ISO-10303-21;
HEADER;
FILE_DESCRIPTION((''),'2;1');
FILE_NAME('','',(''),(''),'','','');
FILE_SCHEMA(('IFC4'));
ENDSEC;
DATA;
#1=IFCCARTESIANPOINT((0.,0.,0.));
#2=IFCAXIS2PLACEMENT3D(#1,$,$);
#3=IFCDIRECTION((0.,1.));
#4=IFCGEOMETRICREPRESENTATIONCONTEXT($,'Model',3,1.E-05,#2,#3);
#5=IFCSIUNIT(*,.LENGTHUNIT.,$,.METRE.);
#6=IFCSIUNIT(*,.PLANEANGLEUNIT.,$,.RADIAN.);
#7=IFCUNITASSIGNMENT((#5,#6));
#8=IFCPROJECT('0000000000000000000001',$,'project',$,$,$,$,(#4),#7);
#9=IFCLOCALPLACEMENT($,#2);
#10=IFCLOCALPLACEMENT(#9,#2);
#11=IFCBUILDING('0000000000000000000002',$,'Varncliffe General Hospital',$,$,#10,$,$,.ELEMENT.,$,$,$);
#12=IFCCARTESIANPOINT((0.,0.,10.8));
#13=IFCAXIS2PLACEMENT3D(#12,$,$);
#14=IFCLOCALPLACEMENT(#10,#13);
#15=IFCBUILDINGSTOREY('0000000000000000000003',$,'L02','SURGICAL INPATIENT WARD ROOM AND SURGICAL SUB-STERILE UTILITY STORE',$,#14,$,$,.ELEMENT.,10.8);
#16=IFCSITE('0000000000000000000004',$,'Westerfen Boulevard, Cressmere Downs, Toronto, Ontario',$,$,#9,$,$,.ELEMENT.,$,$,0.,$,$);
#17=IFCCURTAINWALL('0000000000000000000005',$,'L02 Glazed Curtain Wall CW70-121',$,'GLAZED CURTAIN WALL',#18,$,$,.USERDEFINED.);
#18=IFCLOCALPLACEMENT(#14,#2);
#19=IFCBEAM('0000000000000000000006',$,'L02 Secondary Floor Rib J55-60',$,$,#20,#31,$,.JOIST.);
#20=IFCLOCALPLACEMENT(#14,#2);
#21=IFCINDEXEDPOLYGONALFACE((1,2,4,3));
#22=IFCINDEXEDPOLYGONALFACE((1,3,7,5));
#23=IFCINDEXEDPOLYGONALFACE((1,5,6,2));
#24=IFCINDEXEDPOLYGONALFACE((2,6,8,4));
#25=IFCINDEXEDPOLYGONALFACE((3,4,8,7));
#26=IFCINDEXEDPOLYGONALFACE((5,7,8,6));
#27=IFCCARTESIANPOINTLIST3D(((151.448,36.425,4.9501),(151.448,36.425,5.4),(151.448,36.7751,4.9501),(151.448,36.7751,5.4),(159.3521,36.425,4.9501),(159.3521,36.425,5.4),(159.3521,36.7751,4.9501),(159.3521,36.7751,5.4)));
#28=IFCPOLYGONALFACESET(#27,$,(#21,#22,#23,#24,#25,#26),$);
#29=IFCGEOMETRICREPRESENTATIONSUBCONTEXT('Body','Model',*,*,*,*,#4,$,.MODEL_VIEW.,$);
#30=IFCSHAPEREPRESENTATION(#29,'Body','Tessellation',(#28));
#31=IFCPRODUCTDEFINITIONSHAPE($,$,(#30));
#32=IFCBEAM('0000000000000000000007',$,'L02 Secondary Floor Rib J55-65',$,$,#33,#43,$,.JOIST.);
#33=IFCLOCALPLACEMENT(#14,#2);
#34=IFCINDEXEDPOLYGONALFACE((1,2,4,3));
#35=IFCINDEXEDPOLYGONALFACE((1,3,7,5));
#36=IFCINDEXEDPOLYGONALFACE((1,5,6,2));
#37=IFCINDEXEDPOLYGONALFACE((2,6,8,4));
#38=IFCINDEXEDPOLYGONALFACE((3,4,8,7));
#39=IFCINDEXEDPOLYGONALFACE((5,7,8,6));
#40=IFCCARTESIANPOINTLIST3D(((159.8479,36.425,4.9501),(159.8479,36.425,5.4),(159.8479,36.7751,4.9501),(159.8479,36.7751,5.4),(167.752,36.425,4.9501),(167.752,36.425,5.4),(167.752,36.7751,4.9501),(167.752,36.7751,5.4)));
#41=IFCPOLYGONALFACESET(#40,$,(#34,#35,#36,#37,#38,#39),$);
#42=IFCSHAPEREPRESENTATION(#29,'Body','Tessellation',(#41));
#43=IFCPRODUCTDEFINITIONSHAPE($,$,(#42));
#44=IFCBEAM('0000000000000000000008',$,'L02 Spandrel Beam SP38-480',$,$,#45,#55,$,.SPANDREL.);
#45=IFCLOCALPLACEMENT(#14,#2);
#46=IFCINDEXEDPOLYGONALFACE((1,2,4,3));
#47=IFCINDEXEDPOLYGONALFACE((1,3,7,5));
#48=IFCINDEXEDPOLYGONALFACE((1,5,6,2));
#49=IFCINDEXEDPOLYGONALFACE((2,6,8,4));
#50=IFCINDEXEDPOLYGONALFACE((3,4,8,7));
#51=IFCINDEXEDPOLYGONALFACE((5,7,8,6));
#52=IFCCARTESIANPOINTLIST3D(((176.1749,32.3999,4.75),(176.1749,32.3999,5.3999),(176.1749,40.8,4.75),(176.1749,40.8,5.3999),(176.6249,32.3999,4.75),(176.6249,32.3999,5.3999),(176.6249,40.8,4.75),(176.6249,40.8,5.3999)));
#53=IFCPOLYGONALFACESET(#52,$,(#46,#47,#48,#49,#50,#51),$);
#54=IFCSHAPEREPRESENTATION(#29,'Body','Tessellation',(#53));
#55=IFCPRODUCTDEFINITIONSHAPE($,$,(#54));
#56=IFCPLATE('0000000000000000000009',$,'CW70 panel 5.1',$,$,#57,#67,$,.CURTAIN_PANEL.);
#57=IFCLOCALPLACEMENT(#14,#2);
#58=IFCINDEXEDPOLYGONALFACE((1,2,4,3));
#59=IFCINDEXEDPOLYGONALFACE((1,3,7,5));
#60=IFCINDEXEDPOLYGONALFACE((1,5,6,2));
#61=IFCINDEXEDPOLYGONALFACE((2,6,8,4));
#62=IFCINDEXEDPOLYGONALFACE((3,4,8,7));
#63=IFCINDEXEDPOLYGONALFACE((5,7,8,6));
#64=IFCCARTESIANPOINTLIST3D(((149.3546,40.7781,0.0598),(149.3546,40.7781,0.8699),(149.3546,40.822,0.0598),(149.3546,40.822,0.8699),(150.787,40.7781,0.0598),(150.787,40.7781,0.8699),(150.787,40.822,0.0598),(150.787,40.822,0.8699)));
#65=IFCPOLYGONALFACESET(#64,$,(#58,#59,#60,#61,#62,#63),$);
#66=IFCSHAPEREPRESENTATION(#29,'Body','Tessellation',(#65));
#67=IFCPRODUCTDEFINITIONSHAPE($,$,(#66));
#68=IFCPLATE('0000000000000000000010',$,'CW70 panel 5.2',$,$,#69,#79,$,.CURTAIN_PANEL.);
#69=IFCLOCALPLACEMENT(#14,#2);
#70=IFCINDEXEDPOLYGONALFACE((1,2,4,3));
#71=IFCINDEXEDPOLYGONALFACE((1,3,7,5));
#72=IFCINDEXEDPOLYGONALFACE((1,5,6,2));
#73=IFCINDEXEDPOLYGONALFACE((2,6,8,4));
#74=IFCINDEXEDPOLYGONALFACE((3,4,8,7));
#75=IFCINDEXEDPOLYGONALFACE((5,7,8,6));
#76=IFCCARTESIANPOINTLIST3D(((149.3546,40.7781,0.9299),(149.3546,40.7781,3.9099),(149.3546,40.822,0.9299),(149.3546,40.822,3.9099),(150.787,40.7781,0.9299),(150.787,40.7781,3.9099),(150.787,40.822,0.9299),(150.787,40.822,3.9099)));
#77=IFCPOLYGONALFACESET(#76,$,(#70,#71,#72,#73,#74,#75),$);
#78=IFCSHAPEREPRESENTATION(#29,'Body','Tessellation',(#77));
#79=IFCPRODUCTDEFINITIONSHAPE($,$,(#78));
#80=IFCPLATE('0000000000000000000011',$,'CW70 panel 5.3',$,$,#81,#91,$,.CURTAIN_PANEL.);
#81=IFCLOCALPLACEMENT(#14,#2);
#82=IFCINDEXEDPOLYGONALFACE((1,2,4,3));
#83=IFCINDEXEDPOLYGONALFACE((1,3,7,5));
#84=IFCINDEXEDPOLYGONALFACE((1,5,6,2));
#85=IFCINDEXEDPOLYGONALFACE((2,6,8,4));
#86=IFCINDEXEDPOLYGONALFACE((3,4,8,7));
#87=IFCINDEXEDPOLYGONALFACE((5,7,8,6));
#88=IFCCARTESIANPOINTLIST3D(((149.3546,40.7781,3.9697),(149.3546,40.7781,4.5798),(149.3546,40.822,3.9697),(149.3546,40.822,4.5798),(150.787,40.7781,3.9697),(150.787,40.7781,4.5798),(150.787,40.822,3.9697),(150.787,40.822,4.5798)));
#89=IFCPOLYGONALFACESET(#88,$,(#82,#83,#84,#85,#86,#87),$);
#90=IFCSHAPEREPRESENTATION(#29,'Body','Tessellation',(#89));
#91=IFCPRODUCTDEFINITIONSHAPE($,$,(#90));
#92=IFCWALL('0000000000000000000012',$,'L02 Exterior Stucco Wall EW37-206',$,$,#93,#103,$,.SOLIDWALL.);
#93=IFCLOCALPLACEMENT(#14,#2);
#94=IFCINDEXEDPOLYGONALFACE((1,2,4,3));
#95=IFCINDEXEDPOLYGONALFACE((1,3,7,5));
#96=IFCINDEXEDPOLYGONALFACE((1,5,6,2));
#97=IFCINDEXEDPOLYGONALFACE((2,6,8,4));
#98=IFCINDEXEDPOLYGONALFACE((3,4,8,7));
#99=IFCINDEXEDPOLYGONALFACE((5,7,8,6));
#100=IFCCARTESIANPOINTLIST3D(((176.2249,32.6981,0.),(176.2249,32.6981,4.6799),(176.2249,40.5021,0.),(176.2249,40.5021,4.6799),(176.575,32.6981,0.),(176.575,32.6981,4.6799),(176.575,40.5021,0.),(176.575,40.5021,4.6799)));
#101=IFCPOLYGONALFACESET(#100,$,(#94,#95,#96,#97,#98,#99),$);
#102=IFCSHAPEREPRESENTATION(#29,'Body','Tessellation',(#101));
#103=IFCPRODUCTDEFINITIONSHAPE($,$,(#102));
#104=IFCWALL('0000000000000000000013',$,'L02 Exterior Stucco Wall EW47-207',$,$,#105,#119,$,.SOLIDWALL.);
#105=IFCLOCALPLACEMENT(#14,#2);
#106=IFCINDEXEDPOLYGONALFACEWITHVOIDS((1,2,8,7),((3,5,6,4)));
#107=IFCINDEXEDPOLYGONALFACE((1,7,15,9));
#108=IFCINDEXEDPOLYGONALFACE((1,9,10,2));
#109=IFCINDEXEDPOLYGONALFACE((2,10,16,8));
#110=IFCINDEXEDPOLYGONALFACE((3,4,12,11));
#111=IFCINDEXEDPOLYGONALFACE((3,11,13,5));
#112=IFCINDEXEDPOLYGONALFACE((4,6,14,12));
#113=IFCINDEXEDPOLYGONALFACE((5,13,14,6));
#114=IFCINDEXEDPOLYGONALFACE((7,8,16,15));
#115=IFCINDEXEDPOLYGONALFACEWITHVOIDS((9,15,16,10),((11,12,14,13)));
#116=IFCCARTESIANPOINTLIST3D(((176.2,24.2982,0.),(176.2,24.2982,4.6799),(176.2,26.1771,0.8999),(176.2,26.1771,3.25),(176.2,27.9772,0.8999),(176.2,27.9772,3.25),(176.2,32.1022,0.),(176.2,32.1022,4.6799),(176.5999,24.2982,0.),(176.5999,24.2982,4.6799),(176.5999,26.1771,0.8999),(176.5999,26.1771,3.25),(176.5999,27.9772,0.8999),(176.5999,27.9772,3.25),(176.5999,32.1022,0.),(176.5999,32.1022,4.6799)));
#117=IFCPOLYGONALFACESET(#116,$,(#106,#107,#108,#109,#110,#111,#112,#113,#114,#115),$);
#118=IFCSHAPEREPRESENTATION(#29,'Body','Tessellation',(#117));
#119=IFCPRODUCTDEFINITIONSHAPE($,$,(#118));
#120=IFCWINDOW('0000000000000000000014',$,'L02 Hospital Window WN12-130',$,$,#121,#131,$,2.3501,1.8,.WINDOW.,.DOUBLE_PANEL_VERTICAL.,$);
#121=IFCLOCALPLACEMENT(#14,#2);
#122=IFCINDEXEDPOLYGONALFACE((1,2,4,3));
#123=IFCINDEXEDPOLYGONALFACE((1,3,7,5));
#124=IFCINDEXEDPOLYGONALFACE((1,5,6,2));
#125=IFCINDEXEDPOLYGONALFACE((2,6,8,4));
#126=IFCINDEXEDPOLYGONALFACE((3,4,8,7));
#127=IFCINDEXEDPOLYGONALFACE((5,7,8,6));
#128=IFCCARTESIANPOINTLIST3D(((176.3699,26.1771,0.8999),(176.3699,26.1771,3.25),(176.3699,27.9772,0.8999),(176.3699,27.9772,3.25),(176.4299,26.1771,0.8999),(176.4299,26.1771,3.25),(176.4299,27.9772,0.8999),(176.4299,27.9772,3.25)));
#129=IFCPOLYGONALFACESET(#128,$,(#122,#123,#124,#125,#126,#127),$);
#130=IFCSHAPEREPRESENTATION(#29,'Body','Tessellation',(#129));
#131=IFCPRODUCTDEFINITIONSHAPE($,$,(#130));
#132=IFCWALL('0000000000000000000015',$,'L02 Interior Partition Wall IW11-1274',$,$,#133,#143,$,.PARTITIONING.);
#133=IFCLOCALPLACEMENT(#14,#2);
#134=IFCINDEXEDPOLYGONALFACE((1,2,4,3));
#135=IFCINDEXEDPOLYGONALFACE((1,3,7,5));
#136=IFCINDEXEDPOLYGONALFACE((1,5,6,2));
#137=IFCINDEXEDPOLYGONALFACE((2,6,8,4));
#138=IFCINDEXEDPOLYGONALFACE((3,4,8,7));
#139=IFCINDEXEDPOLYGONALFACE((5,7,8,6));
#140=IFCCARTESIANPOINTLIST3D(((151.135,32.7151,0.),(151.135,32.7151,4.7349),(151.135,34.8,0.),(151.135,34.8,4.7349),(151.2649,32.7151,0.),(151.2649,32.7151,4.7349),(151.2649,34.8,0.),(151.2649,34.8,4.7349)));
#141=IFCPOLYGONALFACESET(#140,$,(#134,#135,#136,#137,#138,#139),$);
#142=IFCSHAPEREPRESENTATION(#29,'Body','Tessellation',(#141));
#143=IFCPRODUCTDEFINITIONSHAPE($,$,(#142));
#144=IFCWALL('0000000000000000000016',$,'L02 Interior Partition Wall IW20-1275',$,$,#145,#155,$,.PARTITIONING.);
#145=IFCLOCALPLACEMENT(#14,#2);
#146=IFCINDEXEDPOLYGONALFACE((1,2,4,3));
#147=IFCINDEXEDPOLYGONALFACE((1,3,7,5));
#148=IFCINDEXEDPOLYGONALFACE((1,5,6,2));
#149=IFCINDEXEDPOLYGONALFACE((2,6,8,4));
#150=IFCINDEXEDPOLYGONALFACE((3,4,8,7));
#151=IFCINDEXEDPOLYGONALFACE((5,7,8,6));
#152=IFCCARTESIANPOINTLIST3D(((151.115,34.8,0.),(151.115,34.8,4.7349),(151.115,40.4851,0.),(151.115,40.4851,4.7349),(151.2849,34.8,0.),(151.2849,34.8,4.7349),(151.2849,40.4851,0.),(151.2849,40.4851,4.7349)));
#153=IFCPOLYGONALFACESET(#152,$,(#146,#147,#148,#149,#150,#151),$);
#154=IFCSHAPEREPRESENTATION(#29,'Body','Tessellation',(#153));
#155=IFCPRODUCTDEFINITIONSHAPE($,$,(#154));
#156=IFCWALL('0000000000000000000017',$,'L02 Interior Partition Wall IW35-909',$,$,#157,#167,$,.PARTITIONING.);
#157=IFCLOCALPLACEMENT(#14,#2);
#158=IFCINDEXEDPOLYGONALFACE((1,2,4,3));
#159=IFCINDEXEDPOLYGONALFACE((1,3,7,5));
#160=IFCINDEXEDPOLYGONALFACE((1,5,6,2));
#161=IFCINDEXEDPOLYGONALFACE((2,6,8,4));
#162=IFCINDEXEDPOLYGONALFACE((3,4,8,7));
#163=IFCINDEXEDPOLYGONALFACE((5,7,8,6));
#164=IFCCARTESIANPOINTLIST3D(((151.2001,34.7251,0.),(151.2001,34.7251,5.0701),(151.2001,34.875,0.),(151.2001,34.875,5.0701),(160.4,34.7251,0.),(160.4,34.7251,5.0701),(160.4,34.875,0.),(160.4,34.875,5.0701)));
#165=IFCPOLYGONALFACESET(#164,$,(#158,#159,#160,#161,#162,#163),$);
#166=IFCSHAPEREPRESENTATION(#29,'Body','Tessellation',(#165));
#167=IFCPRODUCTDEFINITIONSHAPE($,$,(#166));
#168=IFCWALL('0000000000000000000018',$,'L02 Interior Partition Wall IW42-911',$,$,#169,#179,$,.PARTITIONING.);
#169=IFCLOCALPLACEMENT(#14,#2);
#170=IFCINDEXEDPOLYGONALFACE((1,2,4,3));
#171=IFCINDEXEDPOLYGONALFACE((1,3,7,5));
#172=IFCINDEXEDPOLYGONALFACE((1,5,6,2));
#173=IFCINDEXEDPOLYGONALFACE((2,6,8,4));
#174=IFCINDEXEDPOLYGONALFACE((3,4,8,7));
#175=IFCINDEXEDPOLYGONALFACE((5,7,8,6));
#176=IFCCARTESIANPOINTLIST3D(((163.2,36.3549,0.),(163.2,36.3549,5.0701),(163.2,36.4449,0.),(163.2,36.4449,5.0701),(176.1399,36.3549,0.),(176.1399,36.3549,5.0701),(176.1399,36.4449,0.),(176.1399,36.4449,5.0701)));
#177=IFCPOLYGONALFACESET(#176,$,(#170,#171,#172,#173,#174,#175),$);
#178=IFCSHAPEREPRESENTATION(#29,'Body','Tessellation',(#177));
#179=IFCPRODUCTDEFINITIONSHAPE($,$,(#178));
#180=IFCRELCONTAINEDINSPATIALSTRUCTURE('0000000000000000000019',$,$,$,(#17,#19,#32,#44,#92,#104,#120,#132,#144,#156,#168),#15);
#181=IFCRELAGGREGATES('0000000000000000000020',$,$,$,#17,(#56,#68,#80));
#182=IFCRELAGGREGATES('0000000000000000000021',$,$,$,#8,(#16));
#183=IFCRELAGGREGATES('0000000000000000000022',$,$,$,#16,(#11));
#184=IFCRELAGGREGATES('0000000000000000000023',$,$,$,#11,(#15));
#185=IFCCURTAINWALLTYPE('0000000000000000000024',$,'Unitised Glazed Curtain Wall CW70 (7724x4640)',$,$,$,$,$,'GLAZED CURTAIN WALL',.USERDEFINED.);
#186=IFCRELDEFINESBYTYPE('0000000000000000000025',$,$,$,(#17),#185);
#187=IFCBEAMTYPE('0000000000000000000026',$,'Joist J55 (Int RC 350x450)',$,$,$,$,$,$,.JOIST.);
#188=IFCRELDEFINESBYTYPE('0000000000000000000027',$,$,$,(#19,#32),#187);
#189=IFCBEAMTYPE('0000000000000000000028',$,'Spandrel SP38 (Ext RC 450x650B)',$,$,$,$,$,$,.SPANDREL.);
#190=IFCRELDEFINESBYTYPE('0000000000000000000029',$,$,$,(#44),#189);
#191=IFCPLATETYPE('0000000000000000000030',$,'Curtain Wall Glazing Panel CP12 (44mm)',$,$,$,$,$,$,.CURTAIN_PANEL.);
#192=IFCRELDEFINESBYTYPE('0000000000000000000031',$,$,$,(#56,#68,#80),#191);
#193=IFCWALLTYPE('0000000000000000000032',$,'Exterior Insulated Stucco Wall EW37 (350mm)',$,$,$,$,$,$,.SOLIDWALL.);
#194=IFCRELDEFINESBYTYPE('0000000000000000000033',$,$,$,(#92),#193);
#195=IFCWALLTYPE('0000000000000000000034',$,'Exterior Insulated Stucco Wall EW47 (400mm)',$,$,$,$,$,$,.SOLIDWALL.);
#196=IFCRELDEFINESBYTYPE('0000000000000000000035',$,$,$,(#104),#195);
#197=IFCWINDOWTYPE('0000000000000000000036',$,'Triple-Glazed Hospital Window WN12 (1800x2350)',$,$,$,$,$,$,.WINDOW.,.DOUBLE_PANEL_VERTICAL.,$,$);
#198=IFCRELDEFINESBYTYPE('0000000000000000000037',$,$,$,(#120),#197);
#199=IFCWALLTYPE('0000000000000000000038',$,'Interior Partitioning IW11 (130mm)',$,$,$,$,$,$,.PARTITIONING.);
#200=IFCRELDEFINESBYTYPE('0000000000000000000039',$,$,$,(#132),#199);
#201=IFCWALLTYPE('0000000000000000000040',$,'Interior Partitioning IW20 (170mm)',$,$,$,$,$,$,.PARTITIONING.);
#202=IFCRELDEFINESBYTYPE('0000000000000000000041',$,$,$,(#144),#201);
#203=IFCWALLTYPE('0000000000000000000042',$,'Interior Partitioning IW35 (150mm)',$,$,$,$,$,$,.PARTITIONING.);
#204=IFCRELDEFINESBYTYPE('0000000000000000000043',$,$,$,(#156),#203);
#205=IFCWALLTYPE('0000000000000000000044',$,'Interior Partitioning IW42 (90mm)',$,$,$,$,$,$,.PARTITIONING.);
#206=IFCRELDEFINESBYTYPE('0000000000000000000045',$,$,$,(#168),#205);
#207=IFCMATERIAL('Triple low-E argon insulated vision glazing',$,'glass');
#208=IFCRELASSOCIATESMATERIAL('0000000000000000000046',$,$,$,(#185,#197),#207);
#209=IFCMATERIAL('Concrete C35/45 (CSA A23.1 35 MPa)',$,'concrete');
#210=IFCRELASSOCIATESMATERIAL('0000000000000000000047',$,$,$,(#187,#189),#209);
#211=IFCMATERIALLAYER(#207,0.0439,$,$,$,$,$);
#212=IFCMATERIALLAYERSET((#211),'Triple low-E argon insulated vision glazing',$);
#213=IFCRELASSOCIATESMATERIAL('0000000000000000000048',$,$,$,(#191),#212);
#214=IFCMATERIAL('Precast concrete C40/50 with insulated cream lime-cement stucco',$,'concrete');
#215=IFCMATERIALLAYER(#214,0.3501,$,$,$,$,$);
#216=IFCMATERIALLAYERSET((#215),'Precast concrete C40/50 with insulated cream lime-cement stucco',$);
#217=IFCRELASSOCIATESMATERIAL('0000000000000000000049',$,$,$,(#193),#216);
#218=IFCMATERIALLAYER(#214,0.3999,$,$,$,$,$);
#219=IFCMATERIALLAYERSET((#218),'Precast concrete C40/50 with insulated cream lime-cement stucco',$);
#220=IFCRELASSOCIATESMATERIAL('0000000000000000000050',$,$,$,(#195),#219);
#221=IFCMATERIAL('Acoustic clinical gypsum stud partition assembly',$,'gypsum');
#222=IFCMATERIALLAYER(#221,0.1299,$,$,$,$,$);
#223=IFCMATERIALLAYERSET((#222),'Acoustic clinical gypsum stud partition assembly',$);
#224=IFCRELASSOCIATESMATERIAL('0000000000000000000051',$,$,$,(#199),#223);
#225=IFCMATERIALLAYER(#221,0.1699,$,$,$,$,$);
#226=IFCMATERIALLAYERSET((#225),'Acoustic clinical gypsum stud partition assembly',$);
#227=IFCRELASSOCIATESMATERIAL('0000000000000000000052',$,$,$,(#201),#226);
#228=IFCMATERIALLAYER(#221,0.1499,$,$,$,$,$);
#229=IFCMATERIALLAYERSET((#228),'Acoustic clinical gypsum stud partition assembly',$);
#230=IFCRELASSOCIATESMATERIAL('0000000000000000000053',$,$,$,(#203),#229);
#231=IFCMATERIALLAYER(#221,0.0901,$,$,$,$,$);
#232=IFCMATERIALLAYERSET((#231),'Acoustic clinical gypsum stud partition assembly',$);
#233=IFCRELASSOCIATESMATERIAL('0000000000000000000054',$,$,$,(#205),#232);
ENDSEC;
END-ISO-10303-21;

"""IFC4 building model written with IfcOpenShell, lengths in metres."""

from ifc_helpers import new_model, si_unit, direction, frame, frame_2d, origin, origin_2d, place, context, subcontext, project, spatial, rectangle, extrude, material, layer, layer_set, material_profile, profile_set, type_object, element, fill, aggregate, save


model = new_model("IFC4")

# Units and contexts
model_context = context("Model", 3, precision=1e-05, world=origin(), true_north=direction((0.0, 1.0)))
body_context = subcontext(model_context, "Body", "Model", "MODEL_VIEW")
ifc_project = project(units=[si_unit("LENGTHUNIT", "METRE"), si_unit("PLANEANGLEUNIT", "RADIAN")], contexts=[model_context])

# Site, building, storey
site_placement = place(None, origin())
site = spatial("IfcSite", under=ifc_project, at=site_placement, Name="Westerfen Boulevard, Cressmere Downs, Toronto, Ontario", CompositionType="ELEMENT", RefElevation=0.0)
building_placement = place(site_placement, origin())
building = spatial("IfcBuilding", under=site, at=building_placement, Name="Varncliffe General Hospital", CompositionType="ELEMENT")
storey_placement = place(building_placement, frame((0.0, 0.0, 10.8)))
storey = spatial("IfcBuildingStorey", under=building, at=storey_placement, Name="L02", Description="SURGICAL INPATIENT WARD ROOM AND SURGICAL SUB-STERILE UTILITY STORE", CompositionType="ELEMENT", Elevation=10.8)

# Shared definitions
ifc_material_1 = material(Name="Concrete C35/45 (CSA A23.1 35 MPa)", Category="concrete")

# Curtain wall
ifc_material_2 = material(Name="Triple low-E argon insulated vision glazing", Category="glass")
curtain_wall_type = type_object("IfcCurtainWallType", Name="Unitised Glazed Curtain Wall CW70 (7724x4640)", ElementType="GLAZED CURTAIN WALL", PredefinedType="USERDEFINED", material=ifc_material_2)
curtain_wall_placement = place(storey_placement, origin())
curtain_wall = element("IfcCurtainWall", 1, at=curtain_wall_placement, inside=storey, type_object=curtain_wall_type, Name="L02 Glazed Curtain Wall CW70-121", ObjectType="GLAZED CURTAIN WALL", PredefinedType="USERDEFINED")

# Beams
ifc_material_profile_1 = material_profile(ifc_material_1, rectangle(XDim=0.3501, YDim=0.45, at=origin_2d()), Name="RC 350x450")
ifc_profile_set_1 = profile_set([ifc_material_profile_1], Name="Concrete C35/45 (CSA A23.1 35 MPa)")
beam_type_1 = type_object("IfcBeamType", Name="Joist J55 (Int RC 350x450)", PredefinedType="JOIST", material=ifc_profile_set_1)
for number, where, z_axis, x_axis, name in (
    (2, (151.448, 36.6001, 5.175), (1.0, 0.0, 0.0), (0.0, 1.0, 0.0), "L02 Secondary Floor Rib J55-60"),
    (3, (159.8479, 36.6001, 5.175), (1.0, 0.0, 0.0), (0.0, 1.0, 0.0), "L02 Secondary Floor Rib J55-65"),
):
    element("IfcBeam", number, at=place(storey_placement, frame(where, z_axis=z_axis, x_axis=x_axis)), inside=storey, type_object=beam_type_1, Name=name, PredefinedType="JOIST", context=body_context, shape_type="SweptSolid", body=[
        extrude(rectangle(XDim=0.3501, YDim=0.45, at=origin_2d()), origin(), (0.0, 0.0, 1.0), 7.9041),
    ])
ifc_material_profile_2 = material_profile(ifc_material_1, rectangle(XDim=0.45, YDim=0.6499, at=origin_2d()), Name="RC 450x650")
ifc_profile_set_2 = profile_set([ifc_material_profile_2], Name="Concrete C35/45 (CSA A23.1 35 MPa)")
beam_type_2 = type_object("IfcBeamType", Name="Spandrel SP38 (Ext RC 450x650B)", PredefinedType="SPANDREL", material=ifc_profile_set_2)
beam_1_placement = place(storey_placement, frame((176.3999, 32.3999, 5.075), z_axis=(0.0, 1.0, 0.0), x_axis=(-1.0, 0.0, 0.0)))
element("IfcBeam", 4, at=beam_1_placement, inside=storey, type_object=beam_type_2, Name="L02 Spandrel Beam SP38-480", PredefinedType="SPANDREL", context=body_context, shape_type="SweptSolid", body=[
    extrude(rectangle(XDim=0.45, YDim=0.6499, at=origin_2d()), origin(), (0.0, 0.0, 1.0), 8.4001),
])

# Plates
ifc_layer_1 = layer(ifc_material_2, 0.0439)
ifc_layer_set_1 = layer_set([ifc_layer_1], Name="Triple low-E argon insulated vision glazing")
plate_type = type_object("IfcPlateType", Name="Curtain Wall Glazing Panel CP12 (44mm)", PredefinedType="CURTAIN_PANEL", material=ifc_layer_set_1)
plate_1_placement = place(storey_placement, frame((150.0708, 40.8, 0.0598), z_axis=(0.0, 0.0, 1.0), x_axis=(1.0, 0.0, 0.0)))
plate_1 = element("IfcPlate", 5, at=plate_1_placement, type_object=plate_type, Name="CW70 panel 5.1", PredefinedType="CURTAIN_PANEL", context=body_context, shape_type="SweptSolid", body=[
    extrude(rectangle(XDim=1.4324, YDim=0.0439, at=origin_2d()), origin(), (0.0, 0.0, 1.0), 0.8101),
])
plate_2_placement = place(storey_placement, frame((150.0708, 40.8, 0.9299), z_axis=(0.0, 0.0, 1.0), x_axis=(1.0, 0.0, 0.0)))
plate_2 = element("IfcPlate", 6, at=plate_2_placement, type_object=plate_type, Name="CW70 panel 5.2", PredefinedType="CURTAIN_PANEL", context=body_context, shape_type="SweptSolid", body=[
    extrude(rectangle(XDim=1.4324, YDim=0.0439, at=origin_2d()), origin(), (0.0, 0.0, 1.0), 2.98),
])
plate_3_placement = place(storey_placement, frame((150.0708, 40.8, 3.9697), z_axis=(0.0, 0.0, 1.0), x_axis=(1.0, 0.0, 0.0)))
plate_3 = element("IfcPlate", 7, at=plate_3_placement, type_object=plate_type, Name="CW70 panel 5.3", PredefinedType="CURTAIN_PANEL", context=body_context, shape_type="SweptSolid", body=[
    extrude(rectangle(XDim=1.4324, YDim=0.0439, at=origin_2d()), origin(), (0.0, 0.0, 1.0), 0.6101),
])
aggregate(curtain_wall, [plate_1, plate_2, plate_3])

# Wall
ifc_material_3 = material(Name="Precast concrete C40/50 with insulated cream lime-cement stucco", Category="concrete")
ifc_layer_2 = layer(ifc_material_3, 0.3501)
ifc_layer_set_2 = layer_set([ifc_layer_2], Name="Precast concrete C40/50 with insulated cream lime-cement stucco")
wall_type_1 = type_object("IfcWallType", Name="Exterior Insulated Stucco Wall EW37 (350mm)", PredefinedType="SOLIDWALL", material=ifc_layer_set_2)
wall_1_placement = place(storey_placement, frame((176.3999, 40.502, 0.0), z_axis=(0.0, 0.0, 1.0), x_axis=(0.0, -1.0, 0.0)))
element("IfcWall", 8, at=wall_1_placement, inside=storey, type_object=wall_type_1, Name="L02 Exterior Stucco Wall EW37-206", PredefinedType="SOLIDWALL", context=body_context, shape_type="SweptSolid", body=[
    extrude(rectangle(XDim=7.804, YDim=0.3501, at=frame_2d((3.9019, 0.0))), origin(), (0.0, 0.0, 1.0), 4.6799),
])

# Wall, opening, window
ifc_layer_3 = layer(ifc_material_3, 0.3999)
ifc_layer_set_3 = layer_set([ifc_layer_3], Name="Precast concrete C40/50 with insulated cream lime-cement stucco")
wall_type_2 = type_object("IfcWallType", Name="Exterior Insulated Stucco Wall EW47 (400mm)", PredefinedType="SOLIDWALL", material=ifc_layer_set_3)
wall_2_placement = place(storey_placement, frame((176.3999, 32.1021, 0.0), z_axis=(0.0, 0.0, 1.0), x_axis=(0.0, -1.0, 0.0)))
wall_2 = element("IfcWall", 9, at=wall_2_placement, inside=storey, type_object=wall_type_2, Name="L02 Exterior Stucco Wall EW47-207", PredefinedType="SOLIDWALL", context=body_context, shape_type="SweptSolid", body=[
    extrude(rectangle(XDim=7.804, YDim=0.3999, at=frame_2d((3.9019, 0.0))), origin(), (0.0, 0.0, 1.0), 4.6799),
])
opening_placement = place(wall_2_placement, frame((4.125, 0.0, 0.8999)))
opening = element("IfcOpeningElement", 10, at=opening_placement, cuts=wall_2, PredefinedType="OPENING", context=body_context, shape_type="SweptSolid", body=[
    extrude(rectangle(XDim=1.8, YDim=2.3501, at=frame_2d((0.8999, 1.175))), frame((0.0, 0.21, 0.0), z_axis=(0.0, -1.0, 0.0), x_axis=(1.0, 0.0, 0.0)), (0.0, 0.0, 1.0), 0.4199),
])
window_type = type_object("IfcWindowType", Name="Triple-Glazed Hospital Window WN12 (1800x2350)", PartitioningType="DOUBLE_PANEL_VERTICAL", PredefinedType="WINDOW", material=ifc_material_2)
window_placement = place(opening_placement, origin())
window = element("IfcWindow", 11, at=window_placement, inside=storey, type_object=window_type, Name="L02 Hospital Window WN12-130", OverallHeight=2.3501, OverallWidth=1.8, PartitioningType="DOUBLE_PANEL_VERTICAL", PredefinedType="WINDOW", context=body_context, shape_type="SweptSolid", body=[
    extrude(rectangle(XDim=1.8, YDim=2.3501, at=frame_2d((0.8999, 1.175))), frame((0.0, 0.03, 0.0), z_axis=(0.0, -1.0, 0.0), x_axis=(1.0, 0.0, 0.0)), (0.0, 0.0, 1.0), 0.0601),
])
fill(opening, window)

# Walls
ifc_material_4 = material(Name="Acoustic clinical gypsum stud partition assembly", Category="gypsum")
ifc_layer_4 = layer(ifc_material_4, 0.1299)
ifc_layer_set_4 = layer_set([ifc_layer_4], Name="Acoustic clinical gypsum stud partition assembly")
wall_type_3 = type_object("IfcWallType", Name="Interior Partitioning IW11 (130mm)", PredefinedType="PARTITIONING", material=ifc_layer_set_4)
wall_3_placement = place(storey_placement, frame((151.2, 32.7151, 0.0), z_axis=(0.0, 0.0, 1.0), x_axis=(0.0, 1.0, 0.0)))
element("IfcWall", 12, at=wall_3_placement, inside=storey, type_object=wall_type_3, Name="L02 Interior Partition Wall IW11-1274", PredefinedType="PARTITIONING", context=body_context, shape_type="SweptSolid", body=[
    extrude(rectangle(XDim=2.085, YDim=0.1299, at=frame_2d((1.0425, 0.0))), origin(), (0.0, 0.0, 1.0), 4.7349),
])
ifc_layer_5 = layer(ifc_material_4, 0.1699)
ifc_layer_set_5 = layer_set([ifc_layer_5], Name="Acoustic clinical gypsum stud partition assembly")
wall_type_4 = type_object("IfcWallType", Name="Interior Partitioning IW20 (170mm)", PredefinedType="PARTITIONING", material=ifc_layer_set_5)
wall_4_placement = place(storey_placement, frame((151.2, 34.8, 0.0), z_axis=(0.0, 0.0, 1.0), x_axis=(0.0, 1.0, 0.0)))
element("IfcWall", 13, at=wall_4_placement, inside=storey, type_object=wall_type_4, Name="L02 Interior Partition Wall IW20-1275", PredefinedType="PARTITIONING", context=body_context, shape_type="SweptSolid", body=[
    extrude(rectangle(XDim=5.6851, YDim=0.1699, at=frame_2d((2.8425, 0.0))), origin(), (0.0, 0.0, 1.0), 4.7349),
])
ifc_layer_6 = layer(ifc_material_4, 0.1499)
ifc_layer_set_6 = layer_set([ifc_layer_6], Name="Acoustic clinical gypsum stud partition assembly")
wall_type_5 = type_object("IfcWallType", Name="Interior Partitioning IW35 (150mm)", PredefinedType="PARTITIONING", material=ifc_layer_set_6)
wall_5_placement = place(storey_placement, frame((151.2, 34.8, 0.0), z_axis=(0.0, 0.0, 1.0), x_axis=(1.0, 0.0, 0.0)))
element("IfcWall", 14, at=wall_5_placement, inside=storey, type_object=wall_type_5, Name="L02 Interior Partition Wall IW35-909", PredefinedType="PARTITIONING", context=body_context, shape_type="SweptSolid", body=[
    extrude(rectangle(XDim=9.2, YDim=0.1499, at=frame_2d((4.6001, 0.0))), origin(), (0.0, 0.0, 1.0), 5.0701),
])
ifc_layer_7 = layer(ifc_material_4, 0.0901)
ifc_layer_set_7 = layer_set([ifc_layer_7], Name="Acoustic clinical gypsum stud partition assembly")
wall_type_6 = type_object("IfcWallType", Name="Interior Partitioning IW42 (90mm)", PredefinedType="PARTITIONING", material=ifc_layer_set_7)
wall_6_placement = place(storey_placement, frame((163.2, 36.3999, 0.0), z_axis=(0.0, 0.0, 1.0), x_axis=(1.0, 0.0, 0.0)))
element("IfcWall", 15, at=wall_6_placement, inside=storey, type_object=wall_type_6, Name="L02 Interior Partition Wall IW42-911", PredefinedType="PARTITIONING", context=body_context, shape_type="SweptSolid", body=[
    extrude(rectangle(XDim=12.9399, YDim=0.0901, at=frame_2d((6.47, 0.0))), origin(), (0.0, 0.0, 1.0), 5.0701),
])

save(model, "model.ifc")
